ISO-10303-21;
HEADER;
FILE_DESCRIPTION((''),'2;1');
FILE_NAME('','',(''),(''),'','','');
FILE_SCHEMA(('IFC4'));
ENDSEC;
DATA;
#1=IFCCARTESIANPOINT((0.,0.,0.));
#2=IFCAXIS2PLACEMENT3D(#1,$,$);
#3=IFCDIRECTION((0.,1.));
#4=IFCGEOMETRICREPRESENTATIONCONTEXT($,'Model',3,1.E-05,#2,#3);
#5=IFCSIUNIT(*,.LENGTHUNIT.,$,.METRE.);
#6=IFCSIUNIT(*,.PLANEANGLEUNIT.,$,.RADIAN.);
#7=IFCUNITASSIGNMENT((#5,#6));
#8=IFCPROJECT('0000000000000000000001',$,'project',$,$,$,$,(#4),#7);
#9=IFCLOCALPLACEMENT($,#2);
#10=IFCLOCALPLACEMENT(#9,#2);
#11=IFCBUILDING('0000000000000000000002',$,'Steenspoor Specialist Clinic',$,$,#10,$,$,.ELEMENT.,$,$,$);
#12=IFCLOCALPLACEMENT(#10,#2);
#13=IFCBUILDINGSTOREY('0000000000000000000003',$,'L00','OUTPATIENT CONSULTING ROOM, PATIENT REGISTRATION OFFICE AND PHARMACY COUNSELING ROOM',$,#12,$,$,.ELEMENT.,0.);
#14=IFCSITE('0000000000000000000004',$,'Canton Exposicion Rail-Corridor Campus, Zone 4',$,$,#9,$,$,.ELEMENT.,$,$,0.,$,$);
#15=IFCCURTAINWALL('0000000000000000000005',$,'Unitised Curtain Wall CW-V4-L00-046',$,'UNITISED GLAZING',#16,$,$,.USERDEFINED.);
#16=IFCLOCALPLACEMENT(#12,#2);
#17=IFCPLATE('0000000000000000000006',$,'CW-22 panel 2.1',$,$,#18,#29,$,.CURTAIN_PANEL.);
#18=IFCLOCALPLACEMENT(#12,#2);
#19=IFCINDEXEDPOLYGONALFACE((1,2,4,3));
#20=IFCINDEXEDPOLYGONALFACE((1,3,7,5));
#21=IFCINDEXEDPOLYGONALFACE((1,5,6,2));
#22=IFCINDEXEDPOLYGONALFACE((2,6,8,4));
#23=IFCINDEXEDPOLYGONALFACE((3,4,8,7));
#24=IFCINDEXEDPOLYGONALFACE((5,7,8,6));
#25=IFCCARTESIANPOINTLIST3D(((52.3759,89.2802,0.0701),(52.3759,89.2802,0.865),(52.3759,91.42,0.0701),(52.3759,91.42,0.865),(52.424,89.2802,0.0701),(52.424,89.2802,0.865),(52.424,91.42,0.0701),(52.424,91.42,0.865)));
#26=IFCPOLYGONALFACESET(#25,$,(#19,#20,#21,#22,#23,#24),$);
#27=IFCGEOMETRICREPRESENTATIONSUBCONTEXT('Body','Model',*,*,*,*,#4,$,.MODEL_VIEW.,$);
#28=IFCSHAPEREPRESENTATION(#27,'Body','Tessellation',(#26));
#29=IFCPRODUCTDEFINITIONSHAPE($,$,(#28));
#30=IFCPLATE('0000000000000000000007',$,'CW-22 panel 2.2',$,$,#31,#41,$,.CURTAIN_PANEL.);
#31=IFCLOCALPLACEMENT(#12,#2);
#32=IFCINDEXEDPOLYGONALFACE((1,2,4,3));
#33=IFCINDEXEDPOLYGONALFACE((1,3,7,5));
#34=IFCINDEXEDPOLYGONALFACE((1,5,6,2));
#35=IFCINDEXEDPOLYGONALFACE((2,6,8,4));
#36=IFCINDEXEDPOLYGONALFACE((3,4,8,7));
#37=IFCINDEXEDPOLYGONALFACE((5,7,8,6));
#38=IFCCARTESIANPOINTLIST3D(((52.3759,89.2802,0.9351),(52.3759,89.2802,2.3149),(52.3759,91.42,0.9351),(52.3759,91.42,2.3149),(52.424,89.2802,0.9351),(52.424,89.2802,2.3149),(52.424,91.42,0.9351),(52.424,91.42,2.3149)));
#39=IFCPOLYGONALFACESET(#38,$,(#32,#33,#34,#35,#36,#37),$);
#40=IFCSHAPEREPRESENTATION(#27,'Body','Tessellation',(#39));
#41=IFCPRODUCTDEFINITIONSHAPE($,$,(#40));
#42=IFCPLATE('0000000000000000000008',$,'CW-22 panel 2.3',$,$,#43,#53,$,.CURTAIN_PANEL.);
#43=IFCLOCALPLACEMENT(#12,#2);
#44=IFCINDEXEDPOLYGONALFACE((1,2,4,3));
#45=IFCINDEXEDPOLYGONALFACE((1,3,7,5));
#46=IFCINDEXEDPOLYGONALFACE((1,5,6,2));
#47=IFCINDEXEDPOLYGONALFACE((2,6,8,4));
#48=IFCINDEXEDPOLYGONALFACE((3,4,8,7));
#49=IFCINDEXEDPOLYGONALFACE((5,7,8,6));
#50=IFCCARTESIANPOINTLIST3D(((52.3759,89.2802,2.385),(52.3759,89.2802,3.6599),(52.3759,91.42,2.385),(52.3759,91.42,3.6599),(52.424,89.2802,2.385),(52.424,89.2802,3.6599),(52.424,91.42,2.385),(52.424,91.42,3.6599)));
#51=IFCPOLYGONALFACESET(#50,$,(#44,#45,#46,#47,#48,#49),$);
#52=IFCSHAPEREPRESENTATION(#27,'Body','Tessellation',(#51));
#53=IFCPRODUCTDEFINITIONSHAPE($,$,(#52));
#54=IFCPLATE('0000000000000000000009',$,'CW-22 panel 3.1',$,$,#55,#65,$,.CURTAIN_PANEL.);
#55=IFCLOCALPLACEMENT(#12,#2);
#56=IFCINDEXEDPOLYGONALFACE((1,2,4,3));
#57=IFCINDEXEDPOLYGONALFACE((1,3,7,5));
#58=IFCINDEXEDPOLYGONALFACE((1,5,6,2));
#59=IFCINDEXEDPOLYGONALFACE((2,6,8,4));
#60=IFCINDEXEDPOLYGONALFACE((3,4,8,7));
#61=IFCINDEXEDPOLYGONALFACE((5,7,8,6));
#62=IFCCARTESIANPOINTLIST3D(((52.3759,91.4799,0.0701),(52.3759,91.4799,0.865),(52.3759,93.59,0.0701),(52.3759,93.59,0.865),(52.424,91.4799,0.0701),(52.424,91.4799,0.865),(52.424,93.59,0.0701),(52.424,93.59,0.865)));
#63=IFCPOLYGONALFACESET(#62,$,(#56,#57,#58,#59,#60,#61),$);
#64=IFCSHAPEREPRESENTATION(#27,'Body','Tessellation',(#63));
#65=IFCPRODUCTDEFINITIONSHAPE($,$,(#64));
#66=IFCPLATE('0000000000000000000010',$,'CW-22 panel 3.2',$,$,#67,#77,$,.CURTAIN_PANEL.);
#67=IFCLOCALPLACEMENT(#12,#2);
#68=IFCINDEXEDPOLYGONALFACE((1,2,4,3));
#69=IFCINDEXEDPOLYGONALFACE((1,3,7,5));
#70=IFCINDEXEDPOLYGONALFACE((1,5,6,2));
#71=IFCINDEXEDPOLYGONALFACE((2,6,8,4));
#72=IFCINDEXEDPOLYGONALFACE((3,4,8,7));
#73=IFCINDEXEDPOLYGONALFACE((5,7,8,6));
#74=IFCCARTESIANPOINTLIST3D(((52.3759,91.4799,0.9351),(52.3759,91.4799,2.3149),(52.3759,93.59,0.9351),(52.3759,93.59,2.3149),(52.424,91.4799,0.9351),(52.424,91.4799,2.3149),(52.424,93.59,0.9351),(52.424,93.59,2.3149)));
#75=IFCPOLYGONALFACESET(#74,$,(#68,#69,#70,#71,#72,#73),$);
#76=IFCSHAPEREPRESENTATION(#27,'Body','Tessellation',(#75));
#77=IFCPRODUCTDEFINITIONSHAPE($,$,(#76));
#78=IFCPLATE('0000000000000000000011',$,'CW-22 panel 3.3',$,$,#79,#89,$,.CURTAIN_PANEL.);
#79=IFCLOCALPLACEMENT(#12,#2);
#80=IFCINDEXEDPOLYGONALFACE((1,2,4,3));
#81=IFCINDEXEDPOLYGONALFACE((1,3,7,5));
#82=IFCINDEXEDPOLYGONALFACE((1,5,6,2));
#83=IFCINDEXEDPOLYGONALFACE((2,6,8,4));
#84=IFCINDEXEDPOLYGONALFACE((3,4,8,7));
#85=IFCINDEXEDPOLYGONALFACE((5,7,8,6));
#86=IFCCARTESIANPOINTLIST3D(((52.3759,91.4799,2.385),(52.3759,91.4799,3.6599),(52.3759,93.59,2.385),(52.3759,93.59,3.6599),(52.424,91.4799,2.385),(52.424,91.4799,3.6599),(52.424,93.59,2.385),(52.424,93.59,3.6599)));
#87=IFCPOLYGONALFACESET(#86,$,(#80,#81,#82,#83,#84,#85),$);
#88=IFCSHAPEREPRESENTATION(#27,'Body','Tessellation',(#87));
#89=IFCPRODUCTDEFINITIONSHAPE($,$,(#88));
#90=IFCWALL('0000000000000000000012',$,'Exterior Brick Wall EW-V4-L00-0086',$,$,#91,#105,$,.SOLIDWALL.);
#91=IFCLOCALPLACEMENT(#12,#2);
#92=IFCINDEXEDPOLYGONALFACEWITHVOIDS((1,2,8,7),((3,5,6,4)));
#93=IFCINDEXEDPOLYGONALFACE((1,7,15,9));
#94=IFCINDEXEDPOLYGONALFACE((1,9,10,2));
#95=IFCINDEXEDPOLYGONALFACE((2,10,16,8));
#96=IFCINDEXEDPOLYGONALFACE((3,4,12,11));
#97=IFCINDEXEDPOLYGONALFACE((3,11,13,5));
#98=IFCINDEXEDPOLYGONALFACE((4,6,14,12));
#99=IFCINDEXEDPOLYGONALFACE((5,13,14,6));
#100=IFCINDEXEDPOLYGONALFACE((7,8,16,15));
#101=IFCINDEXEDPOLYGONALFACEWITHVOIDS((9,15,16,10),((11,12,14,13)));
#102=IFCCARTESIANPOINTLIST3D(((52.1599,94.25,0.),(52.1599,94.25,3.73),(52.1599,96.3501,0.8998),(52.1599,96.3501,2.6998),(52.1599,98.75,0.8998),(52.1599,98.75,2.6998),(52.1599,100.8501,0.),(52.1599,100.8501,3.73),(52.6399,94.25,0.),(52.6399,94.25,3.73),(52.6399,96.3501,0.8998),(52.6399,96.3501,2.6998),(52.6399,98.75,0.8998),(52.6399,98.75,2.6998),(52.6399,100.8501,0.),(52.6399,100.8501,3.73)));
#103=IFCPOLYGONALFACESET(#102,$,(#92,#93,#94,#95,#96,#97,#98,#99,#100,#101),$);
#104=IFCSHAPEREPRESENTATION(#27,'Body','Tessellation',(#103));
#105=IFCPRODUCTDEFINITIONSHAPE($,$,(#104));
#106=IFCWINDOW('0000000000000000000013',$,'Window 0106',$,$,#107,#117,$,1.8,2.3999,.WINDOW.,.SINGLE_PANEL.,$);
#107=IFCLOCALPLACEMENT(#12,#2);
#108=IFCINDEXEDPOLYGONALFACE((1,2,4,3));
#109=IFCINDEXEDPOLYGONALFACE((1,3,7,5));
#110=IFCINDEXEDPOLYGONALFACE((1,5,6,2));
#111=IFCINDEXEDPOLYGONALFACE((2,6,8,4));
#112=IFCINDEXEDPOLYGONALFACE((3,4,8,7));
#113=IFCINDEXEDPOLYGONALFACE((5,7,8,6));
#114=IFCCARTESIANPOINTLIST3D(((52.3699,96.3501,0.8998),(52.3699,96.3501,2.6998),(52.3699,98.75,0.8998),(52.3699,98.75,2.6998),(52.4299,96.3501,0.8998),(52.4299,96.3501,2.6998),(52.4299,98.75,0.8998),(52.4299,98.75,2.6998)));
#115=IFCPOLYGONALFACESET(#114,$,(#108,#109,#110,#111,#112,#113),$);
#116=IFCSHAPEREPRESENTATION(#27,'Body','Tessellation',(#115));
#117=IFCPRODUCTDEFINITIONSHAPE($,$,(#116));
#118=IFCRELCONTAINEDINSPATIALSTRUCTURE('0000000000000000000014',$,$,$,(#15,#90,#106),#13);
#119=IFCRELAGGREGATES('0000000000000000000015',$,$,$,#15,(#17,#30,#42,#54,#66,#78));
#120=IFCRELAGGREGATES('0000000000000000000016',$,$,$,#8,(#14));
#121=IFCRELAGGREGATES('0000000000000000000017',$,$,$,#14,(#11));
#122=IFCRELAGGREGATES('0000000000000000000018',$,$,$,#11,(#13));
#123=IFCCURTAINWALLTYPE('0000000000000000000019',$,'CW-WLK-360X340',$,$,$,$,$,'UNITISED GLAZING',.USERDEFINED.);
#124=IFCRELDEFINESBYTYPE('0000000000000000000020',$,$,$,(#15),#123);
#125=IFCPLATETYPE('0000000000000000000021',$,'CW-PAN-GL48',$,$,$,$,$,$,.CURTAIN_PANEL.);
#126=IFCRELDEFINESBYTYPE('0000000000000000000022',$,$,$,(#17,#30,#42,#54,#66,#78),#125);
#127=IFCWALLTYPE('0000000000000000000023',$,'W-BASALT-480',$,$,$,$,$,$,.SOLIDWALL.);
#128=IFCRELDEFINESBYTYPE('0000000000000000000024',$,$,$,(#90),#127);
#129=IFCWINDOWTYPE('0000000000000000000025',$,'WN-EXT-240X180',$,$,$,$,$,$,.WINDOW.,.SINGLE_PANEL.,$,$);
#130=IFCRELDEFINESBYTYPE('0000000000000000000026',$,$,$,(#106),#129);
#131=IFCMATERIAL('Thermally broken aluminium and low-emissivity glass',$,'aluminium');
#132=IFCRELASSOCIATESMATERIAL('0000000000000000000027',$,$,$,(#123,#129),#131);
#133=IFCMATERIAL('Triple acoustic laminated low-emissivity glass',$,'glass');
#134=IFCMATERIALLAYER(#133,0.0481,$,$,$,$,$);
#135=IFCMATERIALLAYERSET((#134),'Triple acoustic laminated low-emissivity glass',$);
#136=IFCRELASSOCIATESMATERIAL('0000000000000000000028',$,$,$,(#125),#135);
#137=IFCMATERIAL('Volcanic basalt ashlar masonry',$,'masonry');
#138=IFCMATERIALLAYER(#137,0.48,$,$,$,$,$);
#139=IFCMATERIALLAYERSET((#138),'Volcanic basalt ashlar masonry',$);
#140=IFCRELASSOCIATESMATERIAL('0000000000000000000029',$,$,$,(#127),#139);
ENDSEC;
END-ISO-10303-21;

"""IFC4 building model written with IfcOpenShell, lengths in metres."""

from ifc_helpers import new_model, si_unit, direction, frame, frame_2d, origin, origin_2d, place, context, subcontext, project, spatial, rectangle, extrude, material, layer, layer_set, type_object, element, fill, aggregate, save


model = new_model("IFC4")

# Units and contexts
model_context = context("Model", 3, precision=1e-05, world=origin(), true_north=direction((0.0, 1.0)))
body_context = subcontext(model_context, "Body", "Model", "MODEL_VIEW")
ifc_project = project(units=[si_unit("LENGTHUNIT", "METRE"), si_unit("PLANEANGLEUNIT", "RADIAN")], contexts=[model_context])

# Site, building, storey
site_placement = place(None, origin())
site = spatial("IfcSite", under=ifc_project, at=site_placement, Name="Canton Exposicion Rail-Corridor Campus, Zone 4", CompositionType="ELEMENT", RefElevation=0.0)
building_placement = place(site_placement, origin())
building = spatial("IfcBuilding", under=site, at=building_placement, Name="Steenspoor Specialist Clinic", CompositionType="ELEMENT")
storey_placement = place(building_placement, origin())
storey = spatial("IfcBuildingStorey", under=building, at=storey_placement, Name="L00", Description="OUTPATIENT CONSULTING ROOM, PATIENT REGISTRATION OFFICE AND PHARMACY COUNSELING ROOM", CompositionType="ELEMENT", Elevation=0.0)

# Curtain wall
ifc_material_1 = material(Name="Thermally broken aluminium and low-emissivity glass", Category="aluminium")
curtain_wall_type = type_object("IfcCurtainWallType", Name="CW-WLK-360X340", ElementType="UNITISED GLAZING", PredefinedType="USERDEFINED", material=ifc_material_1)
curtain_wall_placement = place(storey_placement, origin())
curtain_wall = element("IfcCurtainWall", 1, at=curtain_wall_placement, inside=storey, type_object=curtain_wall_type, Name="Unitised Curtain Wall CW-V4-L00-046", ObjectType="UNITISED GLAZING", PredefinedType="USERDEFINED")

# Plates
ifc_material_2 = material(Name="Triple acoustic laminated low-emissivity glass", Category="glass")
ifc_layer_1 = layer(ifc_material_2, 0.0481)
ifc_layer_set_1 = layer_set([ifc_layer_1], Name="Triple acoustic laminated low-emissivity glass")
plate_type = type_object("IfcPlateType", Name="CW-PAN-GL48", PredefinedType="CURTAIN_PANEL", material=ifc_layer_set_1)
plate_1_placement = place(storey_placement, frame((52.3999, 90.3501, 0.0701), z_axis=(0.0, 0.0, 1.0), x_axis=(0.0, 1.0, 0.0)))
plate_1 = element("IfcPlate", 2, at=plate_1_placement, type_object=plate_type, Name="CW-22 panel 2.1", PredefinedType="CURTAIN_PANEL", context=body_context, shape_type="SweptSolid", body=[
    extrude(rectangle(XDim=2.1399, YDim=0.0481, at=origin_2d()), origin(), (0.0, 0.0, 1.0), 0.7949),
])
plate_2_placement = place(storey_placement, frame((52.3999, 90.3501, 0.9351), z_axis=(0.0, 0.0, 1.0), x_axis=(0.0, 1.0, 0.0)))
plate_2 = element("IfcPlate", 3, at=plate_2_placement, type_object=plate_type, Name="CW-22 panel 2.2", PredefinedType="CURTAIN_PANEL", context=body_context, shape_type="SweptSolid", body=[
    extrude(rectangle(XDim=2.1399, YDim=0.0481, at=origin_2d()), origin(), (0.0, 0.0, 1.0), 1.3799),
])
plate_3_placement = place(storey_placement, frame((52.3999, 90.3501, 2.385), z_axis=(0.0, 0.0, 1.0), x_axis=(0.0, 1.0, 0.0)))
plate_3 = element("IfcPlate", 4, at=plate_3_placement, type_object=plate_type, Name="CW-22 panel 2.3", PredefinedType="CURTAIN_PANEL", context=body_context, shape_type="SweptSolid", body=[
    extrude(rectangle(XDim=2.1399, YDim=0.0481, at=origin_2d()), origin(), (0.0, 0.0, 1.0), 1.2749),
])
plate_4_placement = place(storey_placement, frame((52.3999, 92.5349, 0.0701), z_axis=(0.0, 0.0, 1.0), x_axis=(0.0, 1.0, 0.0)))
plate_4 = element("IfcPlate", 5, at=plate_4_placement, type_object=plate_type, Name="CW-22 panel 3.1", PredefinedType="CURTAIN_PANEL", context=body_context, shape_type="SweptSolid", body=[
    extrude(rectangle(XDim=2.1101, YDim=0.0481, at=origin_2d()), origin(), (0.0, 0.0, 1.0), 0.7949),
])
plate_5_placement = place(storey_placement, frame((52.3999, 92.5349, 0.9351), z_axis=(0.0, 0.0, 1.0), x_axis=(0.0, 1.0, 0.0)))
plate_5 = element("IfcPlate", 6, at=plate_5_placement, type_object=plate_type, Name="CW-22 panel 3.2", PredefinedType="CURTAIN_PANEL", context=body_context, shape_type="SweptSolid", body=[
    extrude(rectangle(XDim=2.1101, YDim=0.0481, at=origin_2d()), origin(), (0.0, 0.0, 1.0), 1.3799),
])
plate_6_placement = place(storey_placement, frame((52.3999, 92.5349, 2.385), z_axis=(0.0, 0.0, 1.0), x_axis=(0.0, 1.0, 0.0)))
plate_6 = element("IfcPlate", 7, at=plate_6_placement, type_object=plate_type, Name="CW-22 panel 3.3", PredefinedType="CURTAIN_PANEL", context=body_context, shape_type="SweptSolid", body=[
    extrude(rectangle(XDim=2.1101, YDim=0.0481, at=origin_2d()), origin(), (0.0, 0.0, 1.0), 1.2749),
])
aggregate(curtain_wall, [plate_1, plate_2, plate_3, plate_4, plate_5, plate_6])

# Wall, opening, window
ifc_material_3 = material(Name="Volcanic basalt ashlar masonry", Category="masonry")
ifc_layer_2 = layer(ifc_material_3, 0.48)
ifc_layer_set_2 = layer_set([ifc_layer_2], Name="Volcanic basalt ashlar masonry")
wall_type = type_object("IfcWallType", Name="W-BASALT-480", PredefinedType="SOLIDWALL", material=ifc_layer_set_2)
wall_placement = place(storey_placement, frame((52.3999, 94.25, 0.0), z_axis=(0.0, 0.0, 1.0), x_axis=(0.0, 1.0, 0.0)))
wall = element("IfcWall", 8, at=wall_placement, inside=storey, type_object=wall_type, Name="Exterior Brick Wall EW-V4-L00-0086", PredefinedType="SOLIDWALL", context=body_context, shape_type="SweptSolid", body=[
    extrude(rectangle(XDim=6.6001, YDim=0.48, at=frame_2d((3.3, 0.0))), origin(), (0.0, 0.0, 1.0), 3.73),
])
opening_placement = place(wall_placement, frame((2.1001, 0.0, 0.8999)))
opening = element("IfcOpeningElement", 9, at=opening_placement, cuts=wall, PredefinedType="OPENING", context=body_context, shape_type="SweptSolid", body=[
    extrude(rectangle(XDim=2.3999, YDim=1.8, at=frame_2d((1.2, 0.8999))), frame((0.0, 0.25, 0.0), z_axis=(0.0, -1.0, 0.0), x_axis=(1.0, 0.0, 0.0)), (0.0, 0.0, 1.0), 0.5),
])
window_type = type_object("IfcWindowType", Name="WN-EXT-240X180", PartitioningType="SINGLE_PANEL", PredefinedType="WINDOW", material=ifc_material_1)
window_placement = place(opening_placement, origin())
window = element("IfcWindow", 10, at=window_placement, inside=storey, type_object=window_type, Name="Window 0106", OverallHeight=1.8, OverallWidth=2.3999, PartitioningType="SINGLE_PANEL", PredefinedType="WINDOW", context=body_context, shape_type="SweptSolid", body=[
    extrude(rectangle(XDim=2.3999, YDim=1.8, at=frame_2d((1.2, 0.8999))), frame((0.0, 0.03, 0.0), z_axis=(0.0, -1.0, 0.0), x_axis=(1.0, 0.0, 0.0)), (0.0, 0.0, 1.0), 0.0601),
])
fill(opening, window)

save(model, "model.ifc")
